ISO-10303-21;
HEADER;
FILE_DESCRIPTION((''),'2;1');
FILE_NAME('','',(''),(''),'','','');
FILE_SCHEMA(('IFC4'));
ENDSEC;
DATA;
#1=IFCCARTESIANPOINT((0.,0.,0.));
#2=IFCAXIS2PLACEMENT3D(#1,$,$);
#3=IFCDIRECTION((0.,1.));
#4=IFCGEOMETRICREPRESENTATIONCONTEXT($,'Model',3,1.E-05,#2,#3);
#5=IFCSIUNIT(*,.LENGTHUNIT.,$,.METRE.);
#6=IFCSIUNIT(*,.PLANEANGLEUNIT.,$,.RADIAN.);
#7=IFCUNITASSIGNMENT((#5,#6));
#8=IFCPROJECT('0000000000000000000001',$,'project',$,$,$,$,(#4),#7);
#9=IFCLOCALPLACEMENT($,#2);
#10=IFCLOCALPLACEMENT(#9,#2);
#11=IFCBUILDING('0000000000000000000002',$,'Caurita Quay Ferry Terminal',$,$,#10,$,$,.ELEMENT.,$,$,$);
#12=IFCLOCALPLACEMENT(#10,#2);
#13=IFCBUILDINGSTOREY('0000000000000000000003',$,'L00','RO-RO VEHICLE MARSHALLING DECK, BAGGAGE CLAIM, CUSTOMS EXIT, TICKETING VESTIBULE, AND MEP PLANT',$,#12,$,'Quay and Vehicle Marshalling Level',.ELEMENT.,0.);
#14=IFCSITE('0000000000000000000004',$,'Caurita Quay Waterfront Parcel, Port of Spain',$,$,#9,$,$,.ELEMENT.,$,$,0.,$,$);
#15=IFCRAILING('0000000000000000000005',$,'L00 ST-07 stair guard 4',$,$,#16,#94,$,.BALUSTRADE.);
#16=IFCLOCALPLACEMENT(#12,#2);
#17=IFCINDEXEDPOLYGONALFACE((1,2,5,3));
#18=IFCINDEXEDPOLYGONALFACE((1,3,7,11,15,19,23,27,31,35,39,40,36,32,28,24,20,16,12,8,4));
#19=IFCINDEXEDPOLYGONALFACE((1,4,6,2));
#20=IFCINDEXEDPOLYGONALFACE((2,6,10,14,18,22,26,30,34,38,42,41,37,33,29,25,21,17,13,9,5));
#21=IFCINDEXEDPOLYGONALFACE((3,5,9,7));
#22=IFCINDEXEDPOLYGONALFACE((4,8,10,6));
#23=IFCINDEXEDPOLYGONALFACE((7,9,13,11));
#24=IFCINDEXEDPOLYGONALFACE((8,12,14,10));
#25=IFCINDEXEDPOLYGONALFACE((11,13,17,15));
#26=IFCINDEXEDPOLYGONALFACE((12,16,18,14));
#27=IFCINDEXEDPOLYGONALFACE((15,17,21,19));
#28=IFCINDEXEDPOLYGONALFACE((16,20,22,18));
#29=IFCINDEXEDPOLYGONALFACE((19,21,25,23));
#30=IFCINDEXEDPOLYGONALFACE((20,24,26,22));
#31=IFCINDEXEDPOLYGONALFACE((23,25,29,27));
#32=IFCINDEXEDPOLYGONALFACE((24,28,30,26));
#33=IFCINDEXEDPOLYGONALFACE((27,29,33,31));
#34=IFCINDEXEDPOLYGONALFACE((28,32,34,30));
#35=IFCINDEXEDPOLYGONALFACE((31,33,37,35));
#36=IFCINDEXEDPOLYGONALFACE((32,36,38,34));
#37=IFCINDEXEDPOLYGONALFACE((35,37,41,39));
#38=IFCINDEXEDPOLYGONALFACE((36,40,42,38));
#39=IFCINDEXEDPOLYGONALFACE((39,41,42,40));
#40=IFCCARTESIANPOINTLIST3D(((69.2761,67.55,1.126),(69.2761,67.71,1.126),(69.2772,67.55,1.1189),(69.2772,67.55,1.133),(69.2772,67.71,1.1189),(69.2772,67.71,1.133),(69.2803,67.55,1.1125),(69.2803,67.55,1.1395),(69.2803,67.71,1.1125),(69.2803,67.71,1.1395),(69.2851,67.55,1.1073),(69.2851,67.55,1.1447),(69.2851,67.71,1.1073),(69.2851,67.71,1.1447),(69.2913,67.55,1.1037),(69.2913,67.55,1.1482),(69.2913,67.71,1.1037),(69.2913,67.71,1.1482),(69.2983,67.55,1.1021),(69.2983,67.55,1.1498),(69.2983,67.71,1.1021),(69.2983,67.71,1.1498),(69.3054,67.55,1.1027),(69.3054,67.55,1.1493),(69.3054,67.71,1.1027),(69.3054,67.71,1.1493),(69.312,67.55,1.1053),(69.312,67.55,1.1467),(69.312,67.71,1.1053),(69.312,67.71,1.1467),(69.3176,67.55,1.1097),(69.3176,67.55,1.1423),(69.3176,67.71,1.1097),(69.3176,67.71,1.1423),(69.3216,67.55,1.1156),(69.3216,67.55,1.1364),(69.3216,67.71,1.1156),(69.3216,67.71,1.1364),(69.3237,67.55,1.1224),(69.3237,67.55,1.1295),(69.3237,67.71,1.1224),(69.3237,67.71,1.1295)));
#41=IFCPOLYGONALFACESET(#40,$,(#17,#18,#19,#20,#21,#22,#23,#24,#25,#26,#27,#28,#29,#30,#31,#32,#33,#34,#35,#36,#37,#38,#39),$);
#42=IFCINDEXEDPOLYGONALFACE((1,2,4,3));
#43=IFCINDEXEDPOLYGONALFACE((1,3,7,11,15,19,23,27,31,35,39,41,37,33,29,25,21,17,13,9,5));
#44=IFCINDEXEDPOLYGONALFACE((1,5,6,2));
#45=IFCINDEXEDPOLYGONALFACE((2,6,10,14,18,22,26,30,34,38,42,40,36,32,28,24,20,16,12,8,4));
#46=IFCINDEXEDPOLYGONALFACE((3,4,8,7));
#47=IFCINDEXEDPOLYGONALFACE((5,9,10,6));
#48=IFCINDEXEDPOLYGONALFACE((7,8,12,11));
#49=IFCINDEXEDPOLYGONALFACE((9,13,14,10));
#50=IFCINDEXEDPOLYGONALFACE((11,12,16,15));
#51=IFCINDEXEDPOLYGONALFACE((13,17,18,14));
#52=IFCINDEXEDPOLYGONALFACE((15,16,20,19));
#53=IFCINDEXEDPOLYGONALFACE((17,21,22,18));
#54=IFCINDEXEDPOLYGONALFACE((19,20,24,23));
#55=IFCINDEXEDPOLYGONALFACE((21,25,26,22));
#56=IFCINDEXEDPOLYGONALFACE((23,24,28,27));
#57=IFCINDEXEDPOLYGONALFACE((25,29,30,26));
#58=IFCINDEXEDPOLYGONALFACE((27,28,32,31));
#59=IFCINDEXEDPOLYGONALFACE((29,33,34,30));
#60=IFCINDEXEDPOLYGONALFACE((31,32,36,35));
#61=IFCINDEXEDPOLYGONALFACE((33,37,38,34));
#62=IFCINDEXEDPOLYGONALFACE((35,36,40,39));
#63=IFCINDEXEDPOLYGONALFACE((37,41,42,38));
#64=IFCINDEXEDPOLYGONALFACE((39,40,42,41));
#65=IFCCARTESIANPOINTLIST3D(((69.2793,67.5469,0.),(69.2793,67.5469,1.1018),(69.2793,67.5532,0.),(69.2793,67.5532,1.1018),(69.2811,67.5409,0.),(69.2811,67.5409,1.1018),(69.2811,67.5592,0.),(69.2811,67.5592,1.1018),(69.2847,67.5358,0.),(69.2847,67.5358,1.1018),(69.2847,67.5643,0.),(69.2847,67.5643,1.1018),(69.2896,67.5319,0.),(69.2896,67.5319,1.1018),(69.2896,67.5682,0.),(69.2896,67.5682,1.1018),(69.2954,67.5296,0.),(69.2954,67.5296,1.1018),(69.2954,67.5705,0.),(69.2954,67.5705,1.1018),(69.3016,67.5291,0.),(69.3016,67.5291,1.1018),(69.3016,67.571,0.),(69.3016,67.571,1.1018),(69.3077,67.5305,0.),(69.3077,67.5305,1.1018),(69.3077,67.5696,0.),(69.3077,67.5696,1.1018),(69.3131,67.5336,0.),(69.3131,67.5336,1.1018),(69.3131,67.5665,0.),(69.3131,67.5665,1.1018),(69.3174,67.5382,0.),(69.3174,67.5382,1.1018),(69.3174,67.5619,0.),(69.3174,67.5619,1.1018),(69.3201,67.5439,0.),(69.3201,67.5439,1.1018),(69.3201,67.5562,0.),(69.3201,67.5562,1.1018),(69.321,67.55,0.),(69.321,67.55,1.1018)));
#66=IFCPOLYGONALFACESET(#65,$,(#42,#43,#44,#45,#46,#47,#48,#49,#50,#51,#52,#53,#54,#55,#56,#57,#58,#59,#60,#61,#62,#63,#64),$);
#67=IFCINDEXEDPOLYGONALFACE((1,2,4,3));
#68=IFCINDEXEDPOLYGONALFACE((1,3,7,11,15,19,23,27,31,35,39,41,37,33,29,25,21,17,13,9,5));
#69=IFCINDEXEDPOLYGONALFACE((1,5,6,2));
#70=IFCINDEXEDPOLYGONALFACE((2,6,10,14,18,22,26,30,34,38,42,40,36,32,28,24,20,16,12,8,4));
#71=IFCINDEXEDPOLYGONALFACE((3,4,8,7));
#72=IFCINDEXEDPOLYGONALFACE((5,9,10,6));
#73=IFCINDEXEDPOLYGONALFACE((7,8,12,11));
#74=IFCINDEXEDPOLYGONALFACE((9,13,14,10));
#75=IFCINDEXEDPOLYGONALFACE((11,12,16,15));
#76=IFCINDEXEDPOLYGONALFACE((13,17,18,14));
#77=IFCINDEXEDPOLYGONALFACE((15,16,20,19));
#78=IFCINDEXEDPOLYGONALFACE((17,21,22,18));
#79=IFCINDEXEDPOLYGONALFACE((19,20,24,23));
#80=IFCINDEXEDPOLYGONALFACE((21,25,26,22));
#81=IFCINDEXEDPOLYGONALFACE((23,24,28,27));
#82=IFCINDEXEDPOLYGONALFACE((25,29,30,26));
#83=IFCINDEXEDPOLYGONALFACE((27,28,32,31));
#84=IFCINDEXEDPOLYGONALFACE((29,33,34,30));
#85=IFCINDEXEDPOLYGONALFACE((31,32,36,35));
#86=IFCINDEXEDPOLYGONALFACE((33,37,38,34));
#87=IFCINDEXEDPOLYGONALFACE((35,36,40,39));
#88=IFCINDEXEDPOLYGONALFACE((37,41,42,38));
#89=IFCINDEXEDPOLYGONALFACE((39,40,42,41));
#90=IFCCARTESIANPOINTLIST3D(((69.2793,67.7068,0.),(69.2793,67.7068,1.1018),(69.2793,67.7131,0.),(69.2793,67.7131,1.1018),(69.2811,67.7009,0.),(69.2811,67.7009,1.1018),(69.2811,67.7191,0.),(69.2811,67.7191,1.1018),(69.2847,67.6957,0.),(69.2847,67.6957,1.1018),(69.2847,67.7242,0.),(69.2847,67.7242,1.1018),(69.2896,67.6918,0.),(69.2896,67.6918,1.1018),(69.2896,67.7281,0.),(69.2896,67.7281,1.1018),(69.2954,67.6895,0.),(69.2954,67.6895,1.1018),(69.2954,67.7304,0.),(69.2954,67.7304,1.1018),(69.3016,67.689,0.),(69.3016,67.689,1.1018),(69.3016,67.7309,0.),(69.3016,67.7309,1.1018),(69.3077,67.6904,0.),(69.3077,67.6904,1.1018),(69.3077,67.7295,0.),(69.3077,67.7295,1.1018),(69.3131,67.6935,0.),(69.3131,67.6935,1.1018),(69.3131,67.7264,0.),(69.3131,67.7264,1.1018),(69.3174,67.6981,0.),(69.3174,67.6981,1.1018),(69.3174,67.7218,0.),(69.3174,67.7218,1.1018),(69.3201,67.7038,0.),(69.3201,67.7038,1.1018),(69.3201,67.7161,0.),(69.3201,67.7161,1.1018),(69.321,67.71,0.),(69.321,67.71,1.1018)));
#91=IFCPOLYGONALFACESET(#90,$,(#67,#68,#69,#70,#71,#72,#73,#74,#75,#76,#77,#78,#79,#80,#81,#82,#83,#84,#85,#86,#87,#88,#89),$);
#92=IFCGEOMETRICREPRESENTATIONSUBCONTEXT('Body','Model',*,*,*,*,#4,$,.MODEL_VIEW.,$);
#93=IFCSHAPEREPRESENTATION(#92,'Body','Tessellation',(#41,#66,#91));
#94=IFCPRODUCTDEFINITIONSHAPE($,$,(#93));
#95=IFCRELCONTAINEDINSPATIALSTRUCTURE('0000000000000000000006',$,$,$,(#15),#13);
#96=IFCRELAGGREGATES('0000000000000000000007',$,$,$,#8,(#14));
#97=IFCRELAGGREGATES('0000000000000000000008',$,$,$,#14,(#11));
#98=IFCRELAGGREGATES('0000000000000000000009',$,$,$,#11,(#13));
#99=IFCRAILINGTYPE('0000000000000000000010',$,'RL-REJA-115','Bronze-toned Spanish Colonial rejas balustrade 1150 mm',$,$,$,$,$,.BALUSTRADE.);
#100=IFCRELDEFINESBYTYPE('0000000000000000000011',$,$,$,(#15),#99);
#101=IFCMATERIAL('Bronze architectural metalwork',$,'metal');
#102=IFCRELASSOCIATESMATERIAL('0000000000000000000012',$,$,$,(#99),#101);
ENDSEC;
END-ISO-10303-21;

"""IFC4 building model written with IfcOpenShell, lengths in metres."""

from ifc_helpers import new_model, si_unit, direction, frame, origin, origin_2d, place, context, subcontext, project, spatial, circle, extrude, material, type_object, element, save


model = new_model("IFC4")

# Units and contexts
model_context = context("Model", 3, precision=1e-05, world=origin(), true_north=direction((0.0, 1.0)))
body_context = subcontext(model_context, "Body", "Model", "MODEL_VIEW")
ifc_project = project(units=[si_unit("LENGTHUNIT", "METRE"), si_unit("PLANEANGLEUNIT", "RADIAN")], contexts=[model_context])

# Site, building, storey
site_placement = place(None, origin())
site = spatial("IfcSite", under=ifc_project, at=site_placement, Name="Caurita Quay Waterfront Parcel, Port of Spain", CompositionType="ELEMENT", RefElevation=0.0)
building_placement = place(site_placement, origin())
building = spatial("IfcBuilding", under=site, at=building_placement, Name="Caurita Quay Ferry Terminal", CompositionType="ELEMENT")
storey_placement = place(building_placement, origin())
storey = spatial("IfcBuildingStorey", under=building, at=storey_placement, Name="L00", Description="RO-RO VEHICLE MARSHALLING DECK, BAGGAGE CLAIM, CUSTOMS EXIT, TICKETING VESTIBULE, AND MEP PLANT", LongName="Quay and Vehicle Marshalling Level", CompositionType="ELEMENT", Elevation=0.0)

# Railing
ifc_material_1 = material(Name="Bronze architectural metalwork", Category="metal")
railing_type_1 = type_object("IfcRailingType", Name="RL-REJA-115", Description="Bronze-toned Spanish Colonial rejas balustrade 1150 mm", PredefinedType="BALUSTRADE", material=ifc_material_1)
railing_1_placement = place(storey_placement, frame((69.3, 67.55, 0.0)))
element("IfcRailing", 1, at=railing_1_placement, inside=storey, type_object=railing_type_1, Name="L00 ST-07 stair guard 4", PredefinedType="BALUSTRADE", context=body_context, shape_type="SweptSolid", body=[
    extrude(circle(Radius=0.0239, at=origin_2d()), frame((0.0, 0.0, 1.126), z_axis=(0.0, 1.0, 0.0), x_axis=(-1.0, 0.0, 0.0)), (0.0, 0.0, 1.0), 0.1599),
    extrude(circle(Radius=0.021, at=origin_2d()), origin(), (0.0, 0.0, 1.0), 1.1018),
    extrude(circle(Radius=0.021, at=origin_2d()), frame((0.0, 0.1599, 0.0)), (0.0, 0.0, 1.0), 1.1018),
])

save(model, "model.ifc")
